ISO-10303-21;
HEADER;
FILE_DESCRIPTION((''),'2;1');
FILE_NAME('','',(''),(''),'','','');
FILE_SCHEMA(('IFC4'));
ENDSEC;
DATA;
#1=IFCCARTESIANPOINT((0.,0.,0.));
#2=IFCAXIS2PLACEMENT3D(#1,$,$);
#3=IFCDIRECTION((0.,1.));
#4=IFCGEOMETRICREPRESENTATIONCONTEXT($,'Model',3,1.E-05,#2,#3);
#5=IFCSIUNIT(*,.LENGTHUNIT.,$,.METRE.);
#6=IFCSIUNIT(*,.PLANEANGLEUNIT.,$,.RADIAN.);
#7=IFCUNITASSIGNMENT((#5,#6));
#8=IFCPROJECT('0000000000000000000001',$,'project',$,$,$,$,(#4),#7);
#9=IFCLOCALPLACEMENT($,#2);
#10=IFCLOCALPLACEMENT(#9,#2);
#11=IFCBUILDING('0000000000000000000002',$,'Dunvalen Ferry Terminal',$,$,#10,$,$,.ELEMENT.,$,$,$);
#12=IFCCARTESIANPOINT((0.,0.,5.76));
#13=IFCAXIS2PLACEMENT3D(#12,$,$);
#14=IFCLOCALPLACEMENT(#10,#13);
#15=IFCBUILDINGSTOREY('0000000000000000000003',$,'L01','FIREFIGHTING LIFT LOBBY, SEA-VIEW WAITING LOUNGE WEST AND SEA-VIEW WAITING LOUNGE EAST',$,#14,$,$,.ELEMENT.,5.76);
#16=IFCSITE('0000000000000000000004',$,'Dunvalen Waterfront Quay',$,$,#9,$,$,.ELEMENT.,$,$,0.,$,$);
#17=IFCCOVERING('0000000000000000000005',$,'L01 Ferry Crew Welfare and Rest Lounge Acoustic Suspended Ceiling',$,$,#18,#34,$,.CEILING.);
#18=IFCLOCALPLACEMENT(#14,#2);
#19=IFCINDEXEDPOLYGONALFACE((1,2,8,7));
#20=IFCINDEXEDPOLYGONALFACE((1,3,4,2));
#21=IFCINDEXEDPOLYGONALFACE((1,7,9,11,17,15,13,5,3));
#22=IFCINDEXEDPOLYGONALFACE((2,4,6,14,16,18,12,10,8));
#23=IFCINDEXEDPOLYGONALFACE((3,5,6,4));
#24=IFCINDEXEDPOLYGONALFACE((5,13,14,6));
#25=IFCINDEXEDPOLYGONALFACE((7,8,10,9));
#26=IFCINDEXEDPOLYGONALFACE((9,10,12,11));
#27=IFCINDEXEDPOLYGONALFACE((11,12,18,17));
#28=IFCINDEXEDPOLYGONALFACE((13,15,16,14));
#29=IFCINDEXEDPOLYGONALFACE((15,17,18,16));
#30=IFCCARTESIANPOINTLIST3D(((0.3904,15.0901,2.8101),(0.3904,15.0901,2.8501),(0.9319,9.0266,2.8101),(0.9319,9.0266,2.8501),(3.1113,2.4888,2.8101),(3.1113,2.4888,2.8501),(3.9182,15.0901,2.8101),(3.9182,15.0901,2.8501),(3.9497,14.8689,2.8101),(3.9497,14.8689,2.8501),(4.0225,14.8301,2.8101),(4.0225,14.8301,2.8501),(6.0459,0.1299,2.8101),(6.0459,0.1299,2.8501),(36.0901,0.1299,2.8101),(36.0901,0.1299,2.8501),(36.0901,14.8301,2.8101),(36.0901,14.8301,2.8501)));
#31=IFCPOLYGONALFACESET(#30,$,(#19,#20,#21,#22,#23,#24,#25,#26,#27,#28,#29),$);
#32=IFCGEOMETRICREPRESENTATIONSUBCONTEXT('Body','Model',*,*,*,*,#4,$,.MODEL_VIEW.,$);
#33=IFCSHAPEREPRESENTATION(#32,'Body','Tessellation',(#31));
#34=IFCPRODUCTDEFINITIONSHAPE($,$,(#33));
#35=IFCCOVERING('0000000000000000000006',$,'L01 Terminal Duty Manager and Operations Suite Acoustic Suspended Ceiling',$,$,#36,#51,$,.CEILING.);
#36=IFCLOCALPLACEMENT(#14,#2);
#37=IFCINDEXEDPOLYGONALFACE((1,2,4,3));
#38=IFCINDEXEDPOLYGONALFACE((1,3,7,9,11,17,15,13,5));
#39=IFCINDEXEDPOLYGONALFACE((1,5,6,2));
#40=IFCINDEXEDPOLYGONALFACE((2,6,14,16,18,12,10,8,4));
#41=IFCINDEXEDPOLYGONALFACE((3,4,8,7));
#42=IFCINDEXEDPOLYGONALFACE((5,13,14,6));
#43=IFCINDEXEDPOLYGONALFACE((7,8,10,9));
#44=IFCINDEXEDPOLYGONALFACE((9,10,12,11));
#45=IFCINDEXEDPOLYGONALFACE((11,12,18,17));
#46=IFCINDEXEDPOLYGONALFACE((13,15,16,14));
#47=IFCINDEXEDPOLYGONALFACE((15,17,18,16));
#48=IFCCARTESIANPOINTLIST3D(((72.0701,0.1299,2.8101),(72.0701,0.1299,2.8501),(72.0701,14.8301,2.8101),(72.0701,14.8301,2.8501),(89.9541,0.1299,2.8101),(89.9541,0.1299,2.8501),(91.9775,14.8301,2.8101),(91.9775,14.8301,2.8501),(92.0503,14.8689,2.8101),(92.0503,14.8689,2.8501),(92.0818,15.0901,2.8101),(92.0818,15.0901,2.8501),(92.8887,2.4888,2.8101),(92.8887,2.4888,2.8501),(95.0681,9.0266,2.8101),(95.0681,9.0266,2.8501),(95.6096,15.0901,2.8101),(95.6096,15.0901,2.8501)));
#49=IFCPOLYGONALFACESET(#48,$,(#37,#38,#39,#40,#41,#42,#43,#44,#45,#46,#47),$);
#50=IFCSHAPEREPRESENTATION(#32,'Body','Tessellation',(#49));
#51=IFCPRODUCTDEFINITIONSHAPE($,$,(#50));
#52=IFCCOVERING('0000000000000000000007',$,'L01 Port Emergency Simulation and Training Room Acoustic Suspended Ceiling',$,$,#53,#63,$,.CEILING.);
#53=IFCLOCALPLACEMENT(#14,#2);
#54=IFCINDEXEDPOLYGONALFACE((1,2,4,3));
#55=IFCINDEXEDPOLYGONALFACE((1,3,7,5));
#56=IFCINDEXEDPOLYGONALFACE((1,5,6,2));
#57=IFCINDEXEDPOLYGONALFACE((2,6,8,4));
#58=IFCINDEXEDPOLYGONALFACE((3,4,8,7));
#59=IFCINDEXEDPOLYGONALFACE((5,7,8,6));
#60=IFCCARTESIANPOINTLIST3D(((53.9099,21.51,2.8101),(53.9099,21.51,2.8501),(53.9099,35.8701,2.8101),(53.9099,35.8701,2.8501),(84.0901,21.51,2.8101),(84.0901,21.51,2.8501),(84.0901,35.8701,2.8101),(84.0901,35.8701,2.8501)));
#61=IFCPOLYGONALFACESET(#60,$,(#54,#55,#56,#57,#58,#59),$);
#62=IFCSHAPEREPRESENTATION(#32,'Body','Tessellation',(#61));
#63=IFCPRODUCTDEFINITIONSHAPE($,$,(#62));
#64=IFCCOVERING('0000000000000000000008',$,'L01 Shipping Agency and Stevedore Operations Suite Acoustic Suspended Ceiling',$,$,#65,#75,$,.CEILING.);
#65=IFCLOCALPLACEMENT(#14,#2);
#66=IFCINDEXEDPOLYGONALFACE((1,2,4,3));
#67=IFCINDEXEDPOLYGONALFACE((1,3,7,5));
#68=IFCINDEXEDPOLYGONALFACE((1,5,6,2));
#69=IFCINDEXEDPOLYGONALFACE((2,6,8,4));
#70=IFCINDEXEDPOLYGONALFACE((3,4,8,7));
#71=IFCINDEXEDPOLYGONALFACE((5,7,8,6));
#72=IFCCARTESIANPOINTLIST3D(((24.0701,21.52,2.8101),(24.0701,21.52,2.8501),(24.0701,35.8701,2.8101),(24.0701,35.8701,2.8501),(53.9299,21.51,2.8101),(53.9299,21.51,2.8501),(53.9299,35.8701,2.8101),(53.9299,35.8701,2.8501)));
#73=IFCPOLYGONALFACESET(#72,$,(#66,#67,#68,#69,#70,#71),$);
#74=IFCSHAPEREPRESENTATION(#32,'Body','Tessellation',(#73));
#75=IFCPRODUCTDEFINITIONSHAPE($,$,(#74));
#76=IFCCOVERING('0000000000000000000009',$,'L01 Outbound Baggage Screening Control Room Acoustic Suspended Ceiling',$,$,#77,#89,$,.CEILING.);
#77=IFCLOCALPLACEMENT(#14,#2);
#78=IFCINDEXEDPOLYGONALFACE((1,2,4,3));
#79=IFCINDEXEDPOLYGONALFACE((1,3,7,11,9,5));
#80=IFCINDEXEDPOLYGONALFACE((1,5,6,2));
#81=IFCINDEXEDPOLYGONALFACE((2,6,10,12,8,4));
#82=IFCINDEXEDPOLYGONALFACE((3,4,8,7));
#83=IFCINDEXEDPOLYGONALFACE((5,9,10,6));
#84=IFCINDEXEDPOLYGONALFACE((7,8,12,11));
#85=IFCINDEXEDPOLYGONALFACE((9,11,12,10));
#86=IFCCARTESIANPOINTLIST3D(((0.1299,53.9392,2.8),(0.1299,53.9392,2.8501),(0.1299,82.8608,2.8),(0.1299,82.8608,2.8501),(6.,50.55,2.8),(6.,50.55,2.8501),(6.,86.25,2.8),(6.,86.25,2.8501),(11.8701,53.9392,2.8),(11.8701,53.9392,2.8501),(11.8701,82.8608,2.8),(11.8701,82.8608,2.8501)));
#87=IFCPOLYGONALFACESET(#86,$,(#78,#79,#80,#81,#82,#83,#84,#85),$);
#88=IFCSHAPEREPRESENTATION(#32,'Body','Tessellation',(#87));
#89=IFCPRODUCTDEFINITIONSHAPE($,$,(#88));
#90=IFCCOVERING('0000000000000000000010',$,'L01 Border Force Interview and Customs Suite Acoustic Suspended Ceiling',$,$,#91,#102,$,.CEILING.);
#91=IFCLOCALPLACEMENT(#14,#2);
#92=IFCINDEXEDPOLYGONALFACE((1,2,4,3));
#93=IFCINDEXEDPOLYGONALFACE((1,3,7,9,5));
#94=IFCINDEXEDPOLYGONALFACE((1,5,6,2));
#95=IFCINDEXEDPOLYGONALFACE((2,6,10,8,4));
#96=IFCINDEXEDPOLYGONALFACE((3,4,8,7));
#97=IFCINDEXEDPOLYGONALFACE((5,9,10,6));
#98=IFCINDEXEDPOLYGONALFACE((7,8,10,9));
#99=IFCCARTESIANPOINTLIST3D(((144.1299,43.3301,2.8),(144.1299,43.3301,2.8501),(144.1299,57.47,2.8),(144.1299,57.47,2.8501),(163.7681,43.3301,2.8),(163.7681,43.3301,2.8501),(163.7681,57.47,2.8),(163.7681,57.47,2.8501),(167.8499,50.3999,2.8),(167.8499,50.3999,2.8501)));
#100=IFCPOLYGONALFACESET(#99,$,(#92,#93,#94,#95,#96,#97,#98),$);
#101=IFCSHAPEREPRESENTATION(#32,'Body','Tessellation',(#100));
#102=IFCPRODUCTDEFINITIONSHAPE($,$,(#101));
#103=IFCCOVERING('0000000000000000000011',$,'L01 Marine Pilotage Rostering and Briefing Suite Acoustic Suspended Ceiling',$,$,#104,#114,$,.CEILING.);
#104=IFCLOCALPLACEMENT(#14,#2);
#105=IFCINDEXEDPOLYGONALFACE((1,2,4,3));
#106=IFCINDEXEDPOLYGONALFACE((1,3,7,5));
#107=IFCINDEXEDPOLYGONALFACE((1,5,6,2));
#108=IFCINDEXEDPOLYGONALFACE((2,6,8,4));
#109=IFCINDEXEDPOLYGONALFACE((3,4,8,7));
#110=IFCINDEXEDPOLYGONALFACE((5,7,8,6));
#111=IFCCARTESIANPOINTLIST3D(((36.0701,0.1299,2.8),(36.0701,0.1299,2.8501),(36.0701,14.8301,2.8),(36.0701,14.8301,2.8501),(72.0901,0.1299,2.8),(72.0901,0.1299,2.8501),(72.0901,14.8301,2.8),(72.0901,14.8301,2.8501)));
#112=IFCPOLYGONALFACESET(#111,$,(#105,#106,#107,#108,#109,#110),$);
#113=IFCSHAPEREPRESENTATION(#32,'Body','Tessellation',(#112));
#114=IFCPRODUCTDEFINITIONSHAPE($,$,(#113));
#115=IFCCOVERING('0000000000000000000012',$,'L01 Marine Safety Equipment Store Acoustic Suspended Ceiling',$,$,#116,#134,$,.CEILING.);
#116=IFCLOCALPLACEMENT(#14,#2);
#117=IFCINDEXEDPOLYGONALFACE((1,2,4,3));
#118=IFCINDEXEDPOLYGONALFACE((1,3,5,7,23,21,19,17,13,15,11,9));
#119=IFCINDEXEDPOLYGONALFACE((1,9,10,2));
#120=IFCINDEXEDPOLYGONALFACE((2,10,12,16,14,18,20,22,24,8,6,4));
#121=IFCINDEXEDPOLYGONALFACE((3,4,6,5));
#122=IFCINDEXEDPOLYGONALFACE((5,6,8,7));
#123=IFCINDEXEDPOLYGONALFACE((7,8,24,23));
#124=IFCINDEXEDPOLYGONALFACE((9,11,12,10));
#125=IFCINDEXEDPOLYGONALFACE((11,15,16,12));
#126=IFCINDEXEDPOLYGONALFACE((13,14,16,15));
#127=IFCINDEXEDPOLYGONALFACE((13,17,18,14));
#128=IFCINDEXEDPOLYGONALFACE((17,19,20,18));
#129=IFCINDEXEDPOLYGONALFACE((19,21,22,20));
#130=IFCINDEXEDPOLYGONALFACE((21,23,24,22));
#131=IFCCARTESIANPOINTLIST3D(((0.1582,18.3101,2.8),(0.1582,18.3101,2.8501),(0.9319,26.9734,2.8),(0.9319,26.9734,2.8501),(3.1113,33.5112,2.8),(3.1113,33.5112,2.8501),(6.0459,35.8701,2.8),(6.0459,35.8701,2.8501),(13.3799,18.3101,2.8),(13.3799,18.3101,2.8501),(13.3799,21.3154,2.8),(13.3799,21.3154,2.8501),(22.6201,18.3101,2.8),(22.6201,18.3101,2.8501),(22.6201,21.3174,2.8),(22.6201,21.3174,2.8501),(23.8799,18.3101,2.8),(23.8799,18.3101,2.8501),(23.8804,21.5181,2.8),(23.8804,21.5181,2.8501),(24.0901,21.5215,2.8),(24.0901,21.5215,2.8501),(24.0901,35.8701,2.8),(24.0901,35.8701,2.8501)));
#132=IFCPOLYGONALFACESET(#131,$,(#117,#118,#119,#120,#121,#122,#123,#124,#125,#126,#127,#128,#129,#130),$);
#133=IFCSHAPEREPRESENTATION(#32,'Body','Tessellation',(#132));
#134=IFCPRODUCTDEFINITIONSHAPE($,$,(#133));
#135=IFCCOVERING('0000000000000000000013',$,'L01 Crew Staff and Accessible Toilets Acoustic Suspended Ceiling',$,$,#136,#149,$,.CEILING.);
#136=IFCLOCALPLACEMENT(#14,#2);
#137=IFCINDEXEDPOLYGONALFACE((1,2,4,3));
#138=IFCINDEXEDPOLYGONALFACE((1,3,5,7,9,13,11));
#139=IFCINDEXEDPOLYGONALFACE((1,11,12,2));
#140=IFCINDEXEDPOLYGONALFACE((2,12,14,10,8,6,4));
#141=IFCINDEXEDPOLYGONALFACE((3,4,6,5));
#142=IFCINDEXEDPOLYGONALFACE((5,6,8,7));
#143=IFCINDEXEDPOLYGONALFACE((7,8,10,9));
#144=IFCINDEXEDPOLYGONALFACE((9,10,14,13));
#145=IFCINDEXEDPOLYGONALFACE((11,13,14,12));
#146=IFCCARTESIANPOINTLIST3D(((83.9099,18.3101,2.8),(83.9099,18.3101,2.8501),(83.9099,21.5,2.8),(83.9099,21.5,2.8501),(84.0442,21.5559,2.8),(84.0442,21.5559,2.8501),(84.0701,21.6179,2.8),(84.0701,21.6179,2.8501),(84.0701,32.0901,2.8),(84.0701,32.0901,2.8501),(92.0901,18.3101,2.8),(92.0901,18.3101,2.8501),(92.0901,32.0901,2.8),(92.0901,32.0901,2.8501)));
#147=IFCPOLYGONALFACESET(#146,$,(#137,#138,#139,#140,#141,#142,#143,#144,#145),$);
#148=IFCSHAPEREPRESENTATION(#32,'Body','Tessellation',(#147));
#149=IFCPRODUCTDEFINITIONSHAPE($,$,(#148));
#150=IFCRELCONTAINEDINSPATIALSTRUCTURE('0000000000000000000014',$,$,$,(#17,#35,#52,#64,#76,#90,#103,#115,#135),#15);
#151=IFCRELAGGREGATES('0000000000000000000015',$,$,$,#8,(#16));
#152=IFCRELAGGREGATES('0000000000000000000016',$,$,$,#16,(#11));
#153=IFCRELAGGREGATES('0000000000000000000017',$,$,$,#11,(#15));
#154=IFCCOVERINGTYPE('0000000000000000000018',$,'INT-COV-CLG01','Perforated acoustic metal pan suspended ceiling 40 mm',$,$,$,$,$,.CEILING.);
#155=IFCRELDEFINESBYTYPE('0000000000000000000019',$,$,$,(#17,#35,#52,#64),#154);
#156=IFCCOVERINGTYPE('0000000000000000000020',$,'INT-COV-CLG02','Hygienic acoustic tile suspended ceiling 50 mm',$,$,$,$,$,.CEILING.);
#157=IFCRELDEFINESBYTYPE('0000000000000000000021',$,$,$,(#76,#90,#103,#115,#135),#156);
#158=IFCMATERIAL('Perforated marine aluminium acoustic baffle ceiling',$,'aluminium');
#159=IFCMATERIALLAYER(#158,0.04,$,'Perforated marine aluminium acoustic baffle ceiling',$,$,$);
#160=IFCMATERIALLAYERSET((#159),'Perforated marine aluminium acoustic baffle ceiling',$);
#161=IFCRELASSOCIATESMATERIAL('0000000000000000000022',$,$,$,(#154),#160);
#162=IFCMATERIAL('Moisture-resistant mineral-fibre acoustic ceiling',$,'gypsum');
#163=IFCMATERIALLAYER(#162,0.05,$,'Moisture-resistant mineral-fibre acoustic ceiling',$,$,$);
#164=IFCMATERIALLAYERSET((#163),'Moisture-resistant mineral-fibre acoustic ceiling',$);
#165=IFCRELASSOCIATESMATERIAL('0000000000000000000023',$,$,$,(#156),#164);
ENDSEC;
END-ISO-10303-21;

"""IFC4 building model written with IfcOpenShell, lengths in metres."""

from ifc_helpers import new_model, si_unit, direction, frame, origin, place, context, subcontext, project, spatial, polyline, outline, extrude, material, layer, layer_set, type_object, element, save


model = new_model("IFC4")

# Units and contexts
model_context = context("Model", 3, precision=1e-05, world=origin(), true_north=direction((0.0, 1.0)))
body_context = subcontext(model_context, "Body", "Model", "MODEL_VIEW")
ifc_project = project(units=[si_unit("LENGTHUNIT", "METRE"), si_unit("PLANEANGLEUNIT", "RADIAN")], contexts=[model_context])

# Site, building, storey
site_placement = place(None, origin())
site = spatial("IfcSite", under=ifc_project, at=site_placement, Name="Dunvalen Waterfront Quay", CompositionType="ELEMENT", RefElevation=0.0)
building_placement = place(site_placement, origin())
building = spatial("IfcBuilding", under=site, at=building_placement, Name="Dunvalen Ferry Terminal", CompositionType="ELEMENT")
storey_placement = place(building_placement, frame((0.0, 0.0, 5.76)))
storey = spatial("IfcBuildingStorey", under=building, at=storey_placement, Name="L01", Description="FIREFIGHTING LIFT LOBBY, SEA-VIEW WAITING LOUNGE WEST AND SEA-VIEW WAITING LOUNGE EAST", CompositionType="ELEMENT", Elevation=5.76)

# Coverings
ifc_material_1 = material(Name="Perforated marine aluminium acoustic baffle ceiling", Category="aluminium")
ifc_layer_1 = layer(ifc_material_1, 0.04, Name="Perforated marine aluminium acoustic baffle ceiling")
ifc_layer_set_1 = layer_set([ifc_layer_1], Name="Perforated marine aluminium acoustic baffle ceiling")
covering_type_1 = type_object("IfcCoveringType", Name="INT-COV-CLG01", Description="Perforated acoustic metal pan suspended ceiling 40 mm", PredefinedType="CEILING", material=ifc_layer_set_1)
covering_1_placement = place(storey_placement, frame((0.0, 0.0, 2.8101)))
element("IfcCovering", 1, at=covering_1_placement, inside=storey, type_object=covering_type_1, Name="L01 Ferry Crew Welfare and Rest Lounge Acoustic Suspended Ceiling", PredefinedType="CEILING", context=body_context, shape_type="SweptSolid", body=[
    extrude(outline(polyline([(36.0901, 14.8301), (4.0225, 14.8301), (3.9497, 14.8689), (3.9182, 15.0901), (0.3904, 15.0901), (0.9319, 9.0266), (3.1113, 2.4888), (6.0459, 0.1299), (36.0901, 0.1299), (36.0901, 14.8301)])), origin(), (0.0, 0.0, 1.0), 0.04),
])
covering_2_placement = place(storey_placement, frame((0.0, 0.0, 2.8101)))
element("IfcCovering", 2, at=covering_2_placement, inside=storey, type_object=covering_type_1, Name="L01 Terminal Duty Manager and Operations Suite Acoustic Suspended Ceiling", PredefinedType="CEILING", context=body_context, shape_type="SweptSolid", body=[
    extrude(outline(polyline([(95.0681, 9.0266), (95.6096, 15.0901), (92.0818, 15.0901), (92.0503, 14.8689), (91.9775, 14.8301), (72.0701, 14.8301), (72.0701, 0.1299), (89.9541, 0.1299), (92.8887, 2.4888), (95.0681, 9.0266)])), origin(), (0.0, 0.0, 1.0), 0.04),
])
covering_3_placement = place(storey_placement, frame((0.0, 0.0, 2.8101)))
element("IfcCovering", 3, at=covering_3_placement, inside=storey, type_object=covering_type_1, Name="L01 Port Emergency Simulation and Training Room Acoustic Suspended Ceiling", PredefinedType="CEILING", context=body_context, shape_type="SweptSolid", body=[
    extrude(outline(polyline([(53.9099, 35.8701), (53.9099, 21.51), (84.0901, 21.51), (84.0901, 35.8701), (53.9099, 35.8701)])), origin(), (0.0, 0.0, 1.0), 0.04),
])
covering_4_placement = place(storey_placement, frame((0.0, 0.0, 2.8101)))
element("IfcCovering", 4, at=covering_4_placement, inside=storey, type_object=covering_type_1, Name="L01 Shipping Agency and Stevedore Operations Suite Acoustic Suspended Ceiling", PredefinedType="CEILING", context=body_context, shape_type="SweptSolid", body=[
    extrude(outline(polyline([(24.0701, 35.8701), (24.0701, 21.52), (53.9299, 21.51), (53.9299, 35.8701), (24.0701, 35.8701)])), origin(), (0.0, 0.0, 1.0), 0.04),
])
ifc_material_2 = material(Name="Moisture-resistant mineral-fibre acoustic ceiling", Category="gypsum")
ifc_layer_2 = layer(ifc_material_2, 0.05, Name="Moisture-resistant mineral-fibre acoustic ceiling")
ifc_layer_set_2 = layer_set([ifc_layer_2], Name="Moisture-resistant mineral-fibre acoustic ceiling")
covering_type_2 = type_object("IfcCoveringType", Name="INT-COV-CLG02", Description="Hygienic acoustic tile suspended ceiling 50 mm", PredefinedType="CEILING", material=ifc_layer_set_2)
covering_5_placement = place(storey_placement, frame((0.0, 0.0, 2.8)))
element("IfcCovering", 5, at=covering_5_placement, inside=storey, type_object=covering_type_2, Name="L01 Outbound Baggage Screening Control Room Acoustic Suspended Ceiling", PredefinedType="CEILING", context=body_context, shape_type="SweptSolid", body=[
    extrude(outline(polyline([(6.0, 50.55), (11.8701, 53.9392), (11.8701, 82.8608), (6.0, 86.25), (0.1299, 82.8608), (0.1299, 53.9392), (6.0, 50.55)])), origin(), (0.0, 0.0, 1.0), 0.05),
])
covering_6_placement = place(storey_placement, frame((0.0, 0.0, 2.8)))
element("IfcCovering", 6, at=covering_6_placement, inside=storey, type_object=covering_type_2, Name="L01 Border Force Interview and Customs Suite Acoustic Suspended Ceiling", PredefinedType="CEILING", context=body_context, shape_type="SweptSolid", body=[
    extrude(outline(polyline([(144.1299, 43.3301), (163.7681, 43.3301), (167.8499, 50.3999), (163.7681, 57.47), (144.1299, 57.47), (144.1299, 43.3301)])), origin(), (0.0, 0.0, 1.0), 0.05),
])
covering_7_placement = place(storey_placement, frame((0.0, 0.0, 2.8)))
element("IfcCovering", 7, at=covering_7_placement, inside=storey, type_object=covering_type_2, Name="L01 Marine Pilotage Rostering and Briefing Suite Acoustic Suspended Ceiling", PredefinedType="CEILING", context=body_context, shape_type="SweptSolid", body=[
    extrude(outline(polyline([(72.0901, 14.8301), (36.0701, 14.8301), (36.0701, 0.1299), (72.0901, 0.1299), (72.0901, 14.8301)])), origin(), (0.0, 0.0, 1.0), 0.05),
])
covering_8_placement = place(storey_placement, frame((0.0, 0.0, 2.8)))
element("IfcCovering", 8, at=covering_8_placement, inside=storey, type_object=covering_type_2, Name="L01 Marine Safety Equipment Store Acoustic Suspended Ceiling", PredefinedType="CEILING", context=body_context, shape_type="SweptSolid", body=[
    extrude(outline(polyline([(22.6201, 21.3174), (22.6201, 18.3101), (23.8799, 18.3101), (23.8804, 21.5181), (24.0901, 21.5215), (24.0901, 35.8701), (6.0459, 35.8701), (3.1113, 33.5112), (0.9319, 26.9734), (0.1582, 18.3101), (13.3799, 18.3101), (13.3799, 21.3154), (22.6201, 21.3174)])), origin(), (0.0, 0.0, 1.0), 0.05),
])
covering_9_placement = place(storey_placement, frame((0.0, 0.0, 2.8)))
element("IfcCovering", 9, at=covering_9_placement, inside=storey, type_object=covering_type_2, Name="L01 Crew Staff and Accessible Toilets Acoustic Suspended Ceiling", PredefinedType="CEILING", context=body_context, shape_type="SweptSolid", body=[
    extrude(outline(polyline([(84.0701, 21.6179), (84.0442, 21.5559), (83.9099, 21.5), (83.9099, 18.3101), (92.0901, 18.3101), (92.0901, 32.0901), (84.0701, 32.0901), (84.0701, 21.6179)])), origin(), (0.0, 0.0, 1.0), 0.05),
])

save(model, "model.ifc")
